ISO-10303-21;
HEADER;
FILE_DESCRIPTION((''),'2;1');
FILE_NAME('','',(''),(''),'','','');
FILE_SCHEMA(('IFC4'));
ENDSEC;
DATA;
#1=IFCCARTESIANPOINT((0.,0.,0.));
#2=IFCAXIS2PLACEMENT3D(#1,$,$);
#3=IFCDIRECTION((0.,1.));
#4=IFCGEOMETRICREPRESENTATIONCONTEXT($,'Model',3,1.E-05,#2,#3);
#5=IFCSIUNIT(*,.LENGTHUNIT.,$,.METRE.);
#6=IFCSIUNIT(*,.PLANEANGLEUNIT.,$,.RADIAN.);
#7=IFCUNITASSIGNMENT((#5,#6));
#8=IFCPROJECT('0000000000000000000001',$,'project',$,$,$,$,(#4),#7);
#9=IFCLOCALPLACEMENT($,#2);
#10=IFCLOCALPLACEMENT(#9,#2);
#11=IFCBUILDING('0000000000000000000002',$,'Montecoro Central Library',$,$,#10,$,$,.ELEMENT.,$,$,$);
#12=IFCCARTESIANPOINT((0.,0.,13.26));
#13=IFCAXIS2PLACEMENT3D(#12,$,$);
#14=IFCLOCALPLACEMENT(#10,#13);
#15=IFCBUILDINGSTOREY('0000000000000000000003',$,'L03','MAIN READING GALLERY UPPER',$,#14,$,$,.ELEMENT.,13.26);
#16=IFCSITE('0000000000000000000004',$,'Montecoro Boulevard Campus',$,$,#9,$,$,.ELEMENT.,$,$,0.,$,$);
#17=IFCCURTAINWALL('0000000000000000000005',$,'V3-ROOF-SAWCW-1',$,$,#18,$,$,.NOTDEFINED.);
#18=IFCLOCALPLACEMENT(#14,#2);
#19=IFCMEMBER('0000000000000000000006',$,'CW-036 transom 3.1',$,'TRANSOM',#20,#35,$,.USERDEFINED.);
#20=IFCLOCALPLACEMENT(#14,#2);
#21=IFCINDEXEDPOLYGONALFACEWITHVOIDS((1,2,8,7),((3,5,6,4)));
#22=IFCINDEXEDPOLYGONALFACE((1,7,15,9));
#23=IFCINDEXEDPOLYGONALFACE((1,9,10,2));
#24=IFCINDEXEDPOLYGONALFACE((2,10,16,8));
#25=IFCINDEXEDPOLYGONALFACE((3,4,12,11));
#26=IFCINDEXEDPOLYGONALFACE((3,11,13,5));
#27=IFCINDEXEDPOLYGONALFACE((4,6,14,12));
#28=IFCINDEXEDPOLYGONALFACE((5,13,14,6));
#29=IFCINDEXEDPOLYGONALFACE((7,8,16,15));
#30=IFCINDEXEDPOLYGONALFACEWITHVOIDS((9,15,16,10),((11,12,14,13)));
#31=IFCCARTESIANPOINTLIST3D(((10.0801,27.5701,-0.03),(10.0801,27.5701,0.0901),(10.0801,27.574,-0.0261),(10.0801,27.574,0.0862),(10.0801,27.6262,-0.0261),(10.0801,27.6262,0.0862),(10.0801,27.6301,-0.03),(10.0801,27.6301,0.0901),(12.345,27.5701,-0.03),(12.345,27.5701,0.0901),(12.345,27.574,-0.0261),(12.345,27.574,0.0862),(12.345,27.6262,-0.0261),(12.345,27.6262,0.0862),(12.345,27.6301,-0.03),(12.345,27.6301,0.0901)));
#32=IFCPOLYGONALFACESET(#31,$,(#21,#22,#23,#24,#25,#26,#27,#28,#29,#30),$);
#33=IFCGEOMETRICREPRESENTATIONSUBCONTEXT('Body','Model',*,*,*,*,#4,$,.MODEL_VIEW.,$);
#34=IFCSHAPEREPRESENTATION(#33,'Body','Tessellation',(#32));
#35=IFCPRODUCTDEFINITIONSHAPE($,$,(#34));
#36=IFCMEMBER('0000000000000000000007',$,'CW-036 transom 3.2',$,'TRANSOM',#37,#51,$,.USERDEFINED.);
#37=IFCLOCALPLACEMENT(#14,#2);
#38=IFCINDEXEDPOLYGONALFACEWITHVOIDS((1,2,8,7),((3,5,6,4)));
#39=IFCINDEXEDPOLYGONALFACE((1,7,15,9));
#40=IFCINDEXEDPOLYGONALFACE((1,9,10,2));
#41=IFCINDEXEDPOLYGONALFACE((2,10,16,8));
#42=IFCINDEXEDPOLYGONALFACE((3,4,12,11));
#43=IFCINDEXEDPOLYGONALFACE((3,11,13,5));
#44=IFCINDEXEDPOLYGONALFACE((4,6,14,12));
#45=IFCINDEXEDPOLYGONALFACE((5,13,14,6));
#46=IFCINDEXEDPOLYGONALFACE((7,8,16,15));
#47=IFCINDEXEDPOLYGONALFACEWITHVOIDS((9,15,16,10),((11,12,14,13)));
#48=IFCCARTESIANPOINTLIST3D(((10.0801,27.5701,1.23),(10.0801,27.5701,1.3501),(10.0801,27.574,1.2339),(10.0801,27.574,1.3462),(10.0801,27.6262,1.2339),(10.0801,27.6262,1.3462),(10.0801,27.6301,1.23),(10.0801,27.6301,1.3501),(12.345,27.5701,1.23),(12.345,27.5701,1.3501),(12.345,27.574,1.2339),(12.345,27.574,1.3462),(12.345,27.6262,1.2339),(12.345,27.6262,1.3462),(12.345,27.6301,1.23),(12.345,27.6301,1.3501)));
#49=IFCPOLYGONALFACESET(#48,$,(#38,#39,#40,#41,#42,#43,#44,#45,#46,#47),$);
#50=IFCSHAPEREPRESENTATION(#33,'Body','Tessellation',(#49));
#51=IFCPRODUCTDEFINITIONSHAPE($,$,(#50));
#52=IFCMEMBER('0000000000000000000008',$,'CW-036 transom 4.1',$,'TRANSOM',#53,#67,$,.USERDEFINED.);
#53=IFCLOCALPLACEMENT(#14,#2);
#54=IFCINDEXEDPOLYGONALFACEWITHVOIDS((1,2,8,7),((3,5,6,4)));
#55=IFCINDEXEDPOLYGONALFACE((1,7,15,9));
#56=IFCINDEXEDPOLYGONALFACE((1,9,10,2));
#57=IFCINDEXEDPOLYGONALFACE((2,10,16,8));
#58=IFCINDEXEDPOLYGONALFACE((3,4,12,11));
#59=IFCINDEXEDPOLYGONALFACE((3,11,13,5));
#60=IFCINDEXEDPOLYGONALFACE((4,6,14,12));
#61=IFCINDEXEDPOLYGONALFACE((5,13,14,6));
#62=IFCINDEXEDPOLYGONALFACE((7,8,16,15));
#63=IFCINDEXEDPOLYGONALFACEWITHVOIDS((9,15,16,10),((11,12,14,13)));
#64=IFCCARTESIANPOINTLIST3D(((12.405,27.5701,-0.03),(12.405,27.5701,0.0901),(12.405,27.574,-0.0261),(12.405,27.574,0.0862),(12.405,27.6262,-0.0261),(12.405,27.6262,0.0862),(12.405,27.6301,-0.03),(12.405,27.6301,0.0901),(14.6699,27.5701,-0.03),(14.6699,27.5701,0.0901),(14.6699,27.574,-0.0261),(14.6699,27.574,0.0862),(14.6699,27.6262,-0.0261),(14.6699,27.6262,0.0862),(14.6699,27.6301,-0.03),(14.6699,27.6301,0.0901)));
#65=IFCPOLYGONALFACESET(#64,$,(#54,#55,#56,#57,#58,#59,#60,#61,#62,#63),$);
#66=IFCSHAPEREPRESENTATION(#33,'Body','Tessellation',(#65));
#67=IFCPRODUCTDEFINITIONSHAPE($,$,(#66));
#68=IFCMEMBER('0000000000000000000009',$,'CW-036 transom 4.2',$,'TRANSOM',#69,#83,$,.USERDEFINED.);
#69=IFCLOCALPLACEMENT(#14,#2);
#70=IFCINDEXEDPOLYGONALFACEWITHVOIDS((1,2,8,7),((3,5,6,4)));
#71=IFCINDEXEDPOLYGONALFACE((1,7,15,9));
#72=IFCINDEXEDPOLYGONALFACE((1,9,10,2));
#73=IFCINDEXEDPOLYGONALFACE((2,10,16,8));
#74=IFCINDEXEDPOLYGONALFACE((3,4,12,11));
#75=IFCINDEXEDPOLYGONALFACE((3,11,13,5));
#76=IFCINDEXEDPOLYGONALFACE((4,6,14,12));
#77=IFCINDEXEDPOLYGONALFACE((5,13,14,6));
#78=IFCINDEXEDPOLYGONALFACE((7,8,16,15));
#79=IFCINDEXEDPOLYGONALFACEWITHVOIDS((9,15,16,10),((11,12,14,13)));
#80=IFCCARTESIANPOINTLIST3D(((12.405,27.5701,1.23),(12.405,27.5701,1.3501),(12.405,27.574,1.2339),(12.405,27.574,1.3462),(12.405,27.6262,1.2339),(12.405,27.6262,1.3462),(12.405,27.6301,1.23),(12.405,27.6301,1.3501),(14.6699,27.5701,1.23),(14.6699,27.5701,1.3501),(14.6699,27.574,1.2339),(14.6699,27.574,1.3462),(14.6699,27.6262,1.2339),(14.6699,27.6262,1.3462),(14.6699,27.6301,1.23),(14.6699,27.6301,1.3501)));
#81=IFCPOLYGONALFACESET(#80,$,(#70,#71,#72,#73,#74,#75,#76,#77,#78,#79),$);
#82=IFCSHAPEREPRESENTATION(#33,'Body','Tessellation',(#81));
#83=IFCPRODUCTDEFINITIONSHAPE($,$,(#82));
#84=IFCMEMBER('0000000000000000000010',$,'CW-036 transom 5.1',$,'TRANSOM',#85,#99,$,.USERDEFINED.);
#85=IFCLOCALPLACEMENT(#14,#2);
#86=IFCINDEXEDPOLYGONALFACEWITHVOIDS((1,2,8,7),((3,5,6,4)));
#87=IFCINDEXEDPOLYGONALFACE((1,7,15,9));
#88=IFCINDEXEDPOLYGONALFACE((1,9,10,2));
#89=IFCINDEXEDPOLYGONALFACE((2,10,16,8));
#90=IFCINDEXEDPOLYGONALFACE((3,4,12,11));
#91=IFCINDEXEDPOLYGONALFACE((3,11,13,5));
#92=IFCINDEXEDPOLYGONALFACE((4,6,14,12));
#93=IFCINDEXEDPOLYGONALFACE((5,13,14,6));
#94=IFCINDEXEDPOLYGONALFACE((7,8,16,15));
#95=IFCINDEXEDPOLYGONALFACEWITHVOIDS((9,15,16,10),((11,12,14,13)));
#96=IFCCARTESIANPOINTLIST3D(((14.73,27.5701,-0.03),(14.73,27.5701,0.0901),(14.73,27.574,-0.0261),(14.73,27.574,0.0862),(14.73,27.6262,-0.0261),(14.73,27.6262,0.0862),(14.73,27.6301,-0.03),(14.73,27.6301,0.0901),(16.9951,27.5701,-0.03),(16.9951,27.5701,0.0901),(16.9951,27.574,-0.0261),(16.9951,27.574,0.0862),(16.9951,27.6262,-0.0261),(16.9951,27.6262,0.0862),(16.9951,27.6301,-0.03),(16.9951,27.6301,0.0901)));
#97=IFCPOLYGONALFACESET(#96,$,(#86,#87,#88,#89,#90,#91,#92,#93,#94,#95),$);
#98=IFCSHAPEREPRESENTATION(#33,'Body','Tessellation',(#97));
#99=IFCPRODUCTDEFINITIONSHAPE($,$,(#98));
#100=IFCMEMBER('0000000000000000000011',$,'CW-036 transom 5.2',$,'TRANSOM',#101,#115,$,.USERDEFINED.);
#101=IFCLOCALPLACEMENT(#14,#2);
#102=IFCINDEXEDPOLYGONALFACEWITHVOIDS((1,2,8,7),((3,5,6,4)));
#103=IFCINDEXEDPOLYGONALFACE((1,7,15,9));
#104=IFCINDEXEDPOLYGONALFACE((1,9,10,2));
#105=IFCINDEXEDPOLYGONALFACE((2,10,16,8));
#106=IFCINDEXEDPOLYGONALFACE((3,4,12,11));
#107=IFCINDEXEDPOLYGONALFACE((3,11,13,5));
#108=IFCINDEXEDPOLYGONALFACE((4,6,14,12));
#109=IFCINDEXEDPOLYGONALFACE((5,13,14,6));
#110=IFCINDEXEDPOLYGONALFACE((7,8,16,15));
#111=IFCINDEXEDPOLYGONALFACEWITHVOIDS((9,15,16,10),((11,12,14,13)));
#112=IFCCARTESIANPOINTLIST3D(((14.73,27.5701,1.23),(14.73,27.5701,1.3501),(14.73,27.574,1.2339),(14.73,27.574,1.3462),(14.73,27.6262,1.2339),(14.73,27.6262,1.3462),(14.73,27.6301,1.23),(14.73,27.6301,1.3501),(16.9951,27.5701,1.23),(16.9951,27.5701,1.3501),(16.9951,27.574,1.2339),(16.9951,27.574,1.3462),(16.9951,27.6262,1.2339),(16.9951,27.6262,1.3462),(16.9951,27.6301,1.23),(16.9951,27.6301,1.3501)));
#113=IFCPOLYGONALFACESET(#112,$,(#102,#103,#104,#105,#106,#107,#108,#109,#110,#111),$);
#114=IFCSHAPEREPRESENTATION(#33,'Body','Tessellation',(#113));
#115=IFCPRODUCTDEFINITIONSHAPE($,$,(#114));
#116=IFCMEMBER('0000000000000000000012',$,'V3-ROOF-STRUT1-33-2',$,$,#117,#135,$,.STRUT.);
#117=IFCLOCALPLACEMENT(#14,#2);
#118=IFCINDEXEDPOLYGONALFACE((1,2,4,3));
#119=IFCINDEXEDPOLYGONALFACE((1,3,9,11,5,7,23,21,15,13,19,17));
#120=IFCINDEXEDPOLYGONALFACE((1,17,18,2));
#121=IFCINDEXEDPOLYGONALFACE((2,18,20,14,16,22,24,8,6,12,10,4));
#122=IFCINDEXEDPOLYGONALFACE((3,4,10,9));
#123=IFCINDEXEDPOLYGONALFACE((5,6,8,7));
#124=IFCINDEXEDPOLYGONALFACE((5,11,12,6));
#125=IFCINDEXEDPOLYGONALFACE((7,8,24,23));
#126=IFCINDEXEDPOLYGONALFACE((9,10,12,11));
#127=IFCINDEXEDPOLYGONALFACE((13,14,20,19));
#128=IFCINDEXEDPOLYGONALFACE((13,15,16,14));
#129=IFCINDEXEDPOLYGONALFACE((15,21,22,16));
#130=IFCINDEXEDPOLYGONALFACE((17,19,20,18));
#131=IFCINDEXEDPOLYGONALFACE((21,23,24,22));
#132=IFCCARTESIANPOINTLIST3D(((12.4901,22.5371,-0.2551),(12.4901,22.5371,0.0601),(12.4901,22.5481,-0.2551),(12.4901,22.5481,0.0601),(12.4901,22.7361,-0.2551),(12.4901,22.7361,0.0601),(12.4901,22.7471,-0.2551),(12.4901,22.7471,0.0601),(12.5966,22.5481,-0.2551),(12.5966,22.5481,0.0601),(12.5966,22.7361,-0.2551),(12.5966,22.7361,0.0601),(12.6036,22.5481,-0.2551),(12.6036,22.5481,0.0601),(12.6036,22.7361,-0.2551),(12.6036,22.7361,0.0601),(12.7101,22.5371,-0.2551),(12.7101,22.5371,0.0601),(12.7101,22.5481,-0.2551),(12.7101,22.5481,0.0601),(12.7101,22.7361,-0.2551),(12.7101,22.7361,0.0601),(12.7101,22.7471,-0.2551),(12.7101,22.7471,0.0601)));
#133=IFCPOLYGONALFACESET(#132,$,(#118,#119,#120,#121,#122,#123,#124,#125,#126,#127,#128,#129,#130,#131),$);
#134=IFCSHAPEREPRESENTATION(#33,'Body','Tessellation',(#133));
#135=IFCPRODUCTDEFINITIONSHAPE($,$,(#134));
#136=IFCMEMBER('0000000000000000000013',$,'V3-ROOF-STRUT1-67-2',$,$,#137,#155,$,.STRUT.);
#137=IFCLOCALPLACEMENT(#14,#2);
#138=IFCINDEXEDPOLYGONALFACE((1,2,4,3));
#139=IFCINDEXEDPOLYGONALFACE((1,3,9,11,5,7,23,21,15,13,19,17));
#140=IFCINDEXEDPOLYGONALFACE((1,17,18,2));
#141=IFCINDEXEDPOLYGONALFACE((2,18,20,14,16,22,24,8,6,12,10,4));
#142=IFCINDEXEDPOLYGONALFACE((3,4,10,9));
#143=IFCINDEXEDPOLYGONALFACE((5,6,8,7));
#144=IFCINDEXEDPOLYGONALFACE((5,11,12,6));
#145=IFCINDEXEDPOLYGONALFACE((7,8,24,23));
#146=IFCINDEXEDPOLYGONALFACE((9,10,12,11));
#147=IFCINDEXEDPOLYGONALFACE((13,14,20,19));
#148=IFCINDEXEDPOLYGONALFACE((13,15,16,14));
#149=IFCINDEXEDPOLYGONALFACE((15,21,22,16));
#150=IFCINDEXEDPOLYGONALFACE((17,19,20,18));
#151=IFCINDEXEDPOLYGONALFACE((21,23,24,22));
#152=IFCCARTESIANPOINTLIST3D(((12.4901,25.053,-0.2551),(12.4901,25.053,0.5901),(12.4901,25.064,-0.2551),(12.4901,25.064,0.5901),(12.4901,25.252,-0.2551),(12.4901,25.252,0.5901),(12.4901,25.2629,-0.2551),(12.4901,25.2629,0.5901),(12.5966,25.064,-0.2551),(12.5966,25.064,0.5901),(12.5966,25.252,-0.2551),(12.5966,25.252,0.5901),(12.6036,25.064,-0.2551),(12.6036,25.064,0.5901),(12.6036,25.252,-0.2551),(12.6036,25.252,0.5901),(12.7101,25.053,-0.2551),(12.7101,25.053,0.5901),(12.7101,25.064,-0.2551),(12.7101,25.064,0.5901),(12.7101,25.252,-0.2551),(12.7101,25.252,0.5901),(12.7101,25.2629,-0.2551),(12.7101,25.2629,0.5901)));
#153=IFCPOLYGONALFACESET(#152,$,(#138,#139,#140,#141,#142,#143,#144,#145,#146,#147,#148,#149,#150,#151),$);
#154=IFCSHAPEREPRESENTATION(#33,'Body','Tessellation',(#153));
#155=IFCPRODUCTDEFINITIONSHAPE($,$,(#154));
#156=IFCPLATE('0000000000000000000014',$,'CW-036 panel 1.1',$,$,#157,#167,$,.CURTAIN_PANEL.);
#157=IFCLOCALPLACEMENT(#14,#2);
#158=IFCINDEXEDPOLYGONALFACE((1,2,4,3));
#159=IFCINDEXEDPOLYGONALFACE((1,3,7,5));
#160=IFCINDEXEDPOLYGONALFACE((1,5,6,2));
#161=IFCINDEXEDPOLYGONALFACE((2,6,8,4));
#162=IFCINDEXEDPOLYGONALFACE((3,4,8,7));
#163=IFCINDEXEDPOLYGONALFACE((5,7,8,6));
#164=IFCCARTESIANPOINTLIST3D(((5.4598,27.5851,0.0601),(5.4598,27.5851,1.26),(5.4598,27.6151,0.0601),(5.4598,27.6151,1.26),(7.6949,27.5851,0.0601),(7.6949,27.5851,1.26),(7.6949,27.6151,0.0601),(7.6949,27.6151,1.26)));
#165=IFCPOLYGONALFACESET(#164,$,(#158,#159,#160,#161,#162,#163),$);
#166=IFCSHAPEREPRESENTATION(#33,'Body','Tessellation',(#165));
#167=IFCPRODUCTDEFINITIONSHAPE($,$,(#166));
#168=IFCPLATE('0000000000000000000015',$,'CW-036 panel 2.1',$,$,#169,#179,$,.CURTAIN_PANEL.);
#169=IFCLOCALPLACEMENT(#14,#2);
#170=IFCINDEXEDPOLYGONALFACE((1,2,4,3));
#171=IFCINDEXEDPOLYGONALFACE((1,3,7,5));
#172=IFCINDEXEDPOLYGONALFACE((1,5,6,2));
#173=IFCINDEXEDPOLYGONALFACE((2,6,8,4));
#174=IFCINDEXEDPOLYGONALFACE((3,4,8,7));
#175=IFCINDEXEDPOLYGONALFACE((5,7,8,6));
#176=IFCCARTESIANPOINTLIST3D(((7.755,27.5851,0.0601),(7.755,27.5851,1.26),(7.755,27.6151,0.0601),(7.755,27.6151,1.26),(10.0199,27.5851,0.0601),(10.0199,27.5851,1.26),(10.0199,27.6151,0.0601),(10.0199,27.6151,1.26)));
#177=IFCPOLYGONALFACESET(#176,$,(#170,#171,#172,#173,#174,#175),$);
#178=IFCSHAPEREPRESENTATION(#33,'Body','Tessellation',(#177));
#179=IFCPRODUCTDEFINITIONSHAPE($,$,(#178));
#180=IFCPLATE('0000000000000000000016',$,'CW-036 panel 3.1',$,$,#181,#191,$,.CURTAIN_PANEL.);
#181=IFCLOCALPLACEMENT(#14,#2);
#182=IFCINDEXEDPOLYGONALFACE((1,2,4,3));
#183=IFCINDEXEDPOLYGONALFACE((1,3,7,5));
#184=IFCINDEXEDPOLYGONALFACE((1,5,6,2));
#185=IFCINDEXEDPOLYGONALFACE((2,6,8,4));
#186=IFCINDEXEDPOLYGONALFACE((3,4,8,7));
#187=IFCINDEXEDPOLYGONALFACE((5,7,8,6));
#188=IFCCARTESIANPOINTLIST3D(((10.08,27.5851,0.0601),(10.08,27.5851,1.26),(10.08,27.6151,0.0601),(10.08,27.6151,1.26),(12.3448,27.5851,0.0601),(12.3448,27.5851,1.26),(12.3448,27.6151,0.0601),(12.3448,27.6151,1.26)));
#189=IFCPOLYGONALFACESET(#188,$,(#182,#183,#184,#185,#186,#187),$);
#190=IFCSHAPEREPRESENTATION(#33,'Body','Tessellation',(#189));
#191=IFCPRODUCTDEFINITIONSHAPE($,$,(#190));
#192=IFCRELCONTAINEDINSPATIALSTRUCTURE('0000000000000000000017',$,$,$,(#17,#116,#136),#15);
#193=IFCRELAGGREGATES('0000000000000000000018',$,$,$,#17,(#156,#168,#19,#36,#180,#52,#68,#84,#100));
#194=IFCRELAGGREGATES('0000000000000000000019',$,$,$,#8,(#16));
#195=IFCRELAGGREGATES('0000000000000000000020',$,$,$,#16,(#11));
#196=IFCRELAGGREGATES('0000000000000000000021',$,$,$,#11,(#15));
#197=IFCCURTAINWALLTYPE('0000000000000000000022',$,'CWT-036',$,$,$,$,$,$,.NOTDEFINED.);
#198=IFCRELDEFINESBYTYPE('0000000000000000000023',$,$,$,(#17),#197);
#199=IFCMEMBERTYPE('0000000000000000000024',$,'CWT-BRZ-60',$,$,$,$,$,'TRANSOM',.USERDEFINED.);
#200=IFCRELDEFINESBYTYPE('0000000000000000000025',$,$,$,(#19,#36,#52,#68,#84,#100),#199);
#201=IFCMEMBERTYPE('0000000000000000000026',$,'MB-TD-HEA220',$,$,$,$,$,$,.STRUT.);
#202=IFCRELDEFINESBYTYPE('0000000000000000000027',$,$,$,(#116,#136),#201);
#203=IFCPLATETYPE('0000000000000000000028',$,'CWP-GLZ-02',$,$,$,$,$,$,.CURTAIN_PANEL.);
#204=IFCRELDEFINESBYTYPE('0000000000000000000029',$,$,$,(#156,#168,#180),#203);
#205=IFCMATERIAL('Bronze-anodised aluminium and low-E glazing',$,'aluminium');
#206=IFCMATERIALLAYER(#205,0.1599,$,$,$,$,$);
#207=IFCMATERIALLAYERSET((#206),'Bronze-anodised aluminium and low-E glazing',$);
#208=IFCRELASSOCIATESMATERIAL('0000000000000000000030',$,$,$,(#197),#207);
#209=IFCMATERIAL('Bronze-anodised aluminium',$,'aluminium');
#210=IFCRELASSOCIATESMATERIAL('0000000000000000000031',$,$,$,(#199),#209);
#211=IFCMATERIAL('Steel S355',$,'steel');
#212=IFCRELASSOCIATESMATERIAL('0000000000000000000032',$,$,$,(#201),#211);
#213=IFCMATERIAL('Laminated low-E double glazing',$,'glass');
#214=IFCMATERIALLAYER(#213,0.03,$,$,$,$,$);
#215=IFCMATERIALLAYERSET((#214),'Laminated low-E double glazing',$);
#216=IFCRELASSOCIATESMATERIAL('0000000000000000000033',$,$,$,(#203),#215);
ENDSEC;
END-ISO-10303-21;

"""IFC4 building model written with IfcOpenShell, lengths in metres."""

from ifc_helpers import new_model, si_unit, direction, frame, origin, origin_2d, place, context, subcontext, project, spatial, rectangle, hollow_rectangle, i_section, extrude, material, layer, layer_set, material_profile, profile_set, type_object, element, aggregate, save


model = new_model("IFC4")

# Units and contexts
model_context = context("Model", 3, precision=1e-05, world=origin(), true_north=direction((0.0, 1.0)))
body_context = subcontext(model_context, "Body", "Model", "MODEL_VIEW")
ifc_project = project(units=[si_unit("LENGTHUNIT", "METRE"), si_unit("PLANEANGLEUNIT", "RADIAN")], contexts=[model_context])

# Site, building, storey
site_placement = place(None, origin())
site = spatial("IfcSite", under=ifc_project, at=site_placement, Name="Montecoro Boulevard Campus", CompositionType="ELEMENT", RefElevation=0.0)
building_placement = place(site_placement, origin())
building = spatial("IfcBuilding", under=site, at=building_placement, Name="Montecoro Central Library", CompositionType="ELEMENT")
storey_placement = place(building_placement, frame((0.0, 0.0, 13.26)))
storey = spatial("IfcBuildingStorey", under=building, at=storey_placement, Name="L03", Description="MAIN READING GALLERY UPPER", CompositionType="ELEMENT", Elevation=13.26)

# Curtain wall, members
ifc_material_1 = material(Name="Bronze-anodised aluminium and low-E glazing", Category="aluminium")
ifc_layer_1 = layer(ifc_material_1, 0.1599)
ifc_layer_set_1 = layer_set([ifc_layer_1], Name="Bronze-anodised aluminium and low-E glazing")
curtain_wall_type = type_object("IfcCurtainWallType", Name="CWT-036", PredefinedType="NOTDEFINED", material=ifc_layer_set_1)
curtain_wall_placement = place(storey_placement, origin())
curtain_wall = element("IfcCurtainWall", 1, at=curtain_wall_placement, inside=storey, type_object=curtain_wall_type, Name="V3-ROOF-SAWCW-1", PredefinedType="NOTDEFINED")
ifc_material_2 = material(Name="Bronze-anodised aluminium", Category="aluminium")
ifc_material_profile_1 = material_profile(ifc_material_2, hollow_rectangle(XDim=0.0601, YDim=0.1201, WallThickness=0.0039, at=origin_2d()), Name="CWT 120x60x4.0")
ifc_profile_set_1 = profile_set([ifc_material_profile_1], Name="Bronze-anodised aluminium")
member_type_1 = type_object("IfcMemberType", Name="CWT-BRZ-60", ElementType="TRANSOM", PredefinedType="USERDEFINED", material=ifc_profile_set_1)
member_1_placement = place(storey_placement, frame((10.0801, 27.6001, 0.03), z_axis=(1.0, 0.0, 0.0), x_axis=(0.0, 1.0, 0.0)))
member_1 = element("IfcMember", 2, at=member_1_placement, type_object=member_type_1, Name="CW-036 transom 3.1", ObjectType="TRANSOM", PredefinedType="USERDEFINED", context=body_context, shape_type="SweptSolid", body=[
    extrude(hollow_rectangle(XDim=0.0601, YDim=0.1201, WallThickness=0.0039, at=origin_2d()), origin(), (0.0, 0.0, 1.0), 2.2649),
])
member_2_placement = place(storey_placement, frame((10.0801, 27.6001, 1.29), z_axis=(1.0, 0.0, 0.0), x_axis=(0.0, 1.0, 0.0)))
member_2 = element("IfcMember", 3, at=member_2_placement, type_object=member_type_1, Name="CW-036 transom 3.2", ObjectType="TRANSOM", PredefinedType="USERDEFINED", context=body_context, shape_type="SweptSolid", body=[
    extrude(hollow_rectangle(XDim=0.0601, YDim=0.1201, WallThickness=0.0039, at=origin_2d()), origin(), (0.0, 0.0, 1.0), 2.2649),
])
member_3_placement = place(storey_placement, frame((12.405, 27.6001, 0.03), z_axis=(1.0, 0.0, 0.0), x_axis=(0.0, 1.0, 0.0)))
member_3 = element("IfcMember", 4, at=member_3_placement, type_object=member_type_1, Name="CW-036 transom 4.1", ObjectType="TRANSOM", PredefinedType="USERDEFINED", context=body_context, shape_type="SweptSolid", body=[
    extrude(hollow_rectangle(XDim=0.0601, YDim=0.1201, WallThickness=0.0039, at=origin_2d()), origin(), (0.0, 0.0, 1.0), 2.2649),
])
member_4_placement = place(storey_placement, frame((12.405, 27.6001, 1.29), z_axis=(1.0, 0.0, 0.0), x_axis=(0.0, 1.0, 0.0)))
member_4 = element("IfcMember", 5, at=member_4_placement, type_object=member_type_1, Name="CW-036 transom 4.2", ObjectType="TRANSOM", PredefinedType="USERDEFINED", context=body_context, shape_type="SweptSolid", body=[
    extrude(hollow_rectangle(XDim=0.0601, YDim=0.1201, WallThickness=0.0039, at=origin_2d()), origin(), (0.0, 0.0, 1.0), 2.2649),
])
member_5_placement = place(storey_placement, frame((14.73, 27.6001, 0.03), z_axis=(1.0, 0.0, 0.0), x_axis=(0.0, 1.0, 0.0)))
member_5 = element("IfcMember", 6, at=member_5_placement, type_object=member_type_1, Name="CW-036 transom 5.1", ObjectType="TRANSOM", PredefinedType="USERDEFINED", context=body_context, shape_type="SweptSolid", body=[
    extrude(hollow_rectangle(XDim=0.0601, YDim=0.1201, WallThickness=0.0039, at=origin_2d()), origin(), (0.0, 0.0, 1.0), 2.2651),
])
member_6_placement = place(storey_placement, frame((14.73, 27.6001, 1.29), z_axis=(1.0, 0.0, 0.0), x_axis=(0.0, 1.0, 0.0)))
member_6 = element("IfcMember", 7, at=member_6_placement, type_object=member_type_1, Name="CW-036 transom 5.2", ObjectType="TRANSOM", PredefinedType="USERDEFINED", context=body_context, shape_type="SweptSolid", body=[
    extrude(hollow_rectangle(XDim=0.0601, YDim=0.1201, WallThickness=0.0039, at=origin_2d()), origin(), (0.0, 0.0, 1.0), 2.2651),
])

# Members
ifc_material_3 = material(Name="Steel S355", Category="steel")
ifc_material_profile_2 = material_profile(ifc_material_3, i_section(OverallWidth=0.22, OverallDepth=0.21, WebThickness=0.0071, FlangeThickness=0.011, at=origin_2d()), Name="HEA 220")
ifc_profile_set_2 = profile_set([ifc_material_profile_2], Name="Steel S355")
member_type_2 = type_object("IfcMemberType", Name="MB-TD-HEA220", PredefinedType="STRUT", material=ifc_profile_set_2)
member_7_placement = place(storey_placement, frame((12.6001, 22.6421, -0.2551), z_axis=(0.0, 0.0, 1.0), x_axis=(1.0, 0.0, 0.0)))
element("IfcMember", 8, at=member_7_placement, inside=storey, type_object=member_type_2, Name="V3-ROOF-STRUT1-33-2", PredefinedType="STRUT", context=body_context, shape_type="SweptSolid", body=[
    extrude(i_section(OverallWidth=0.22, OverallDepth=0.21, WebThickness=0.0071, FlangeThickness=0.011, at=origin_2d()), origin(), (0.0, 0.0, 1.0), 0.3152),
])
member_8_placement = place(storey_placement, frame((12.6001, 25.158, -0.2551), z_axis=(0.0, 0.0, 1.0), x_axis=(1.0, 0.0, 0.0)))
element("IfcMember", 9, at=member_8_placement, inside=storey, type_object=member_type_2, Name="V3-ROOF-STRUT1-67-2", PredefinedType="STRUT", context=body_context, shape_type="SweptSolid", body=[
    extrude(i_section(OverallWidth=0.22, OverallDepth=0.21, WebThickness=0.0071, FlangeThickness=0.011, at=origin_2d()), origin(), (0.0, 0.0, 1.0), 0.8452),
])

# Plates
ifc_material_4 = material(Name="Laminated low-E double glazing", Category="glass")
ifc_layer_2 = layer(ifc_material_4, 0.03)
ifc_layer_set_2 = layer_set([ifc_layer_2], Name="Laminated low-E double glazing")
plate_type = type_object("IfcPlateType", Name="CWP-GLZ-02", PredefinedType="CURTAIN_PANEL", material=ifc_layer_set_2)
plate_1_placement = place(storey_placement, frame((6.5774, 27.6001, 0.0601), z_axis=(0.0, 0.0, 1.0), x_axis=(1.0, 0.0, 0.0)))
plate_1 = element("IfcPlate", 10, at=plate_1_placement, type_object=plate_type, Name="CW-036 panel 1.1", PredefinedType="CURTAIN_PANEL", context=body_context, shape_type="SweptSolid", body=[
    extrude(rectangle(XDim=2.2351, YDim=0.03, at=origin_2d()), origin(), (0.0, 0.0, 1.0), 1.2),
])
plate_2_placement = place(storey_placement, frame((8.8875, 27.6001, 0.0601), z_axis=(0.0, 0.0, 1.0), x_axis=(1.0, 0.0, 0.0)))
plate_2 = element("IfcPlate", 11, at=plate_2_placement, type_object=plate_type, Name="CW-036 panel 2.1", PredefinedType="CURTAIN_PANEL", context=body_context, shape_type="SweptSolid", body=[
    extrude(rectangle(XDim=2.2649, YDim=0.03, at=origin_2d()), origin(), (0.0, 0.0, 1.0), 1.2),
])
plate_3_placement = place(storey_placement, frame((11.2124, 27.6001, 0.0601), z_axis=(0.0, 0.0, 1.0), x_axis=(1.0, 0.0, 0.0)))
plate_3 = element("IfcPlate", 12, at=plate_3_placement, type_object=plate_type, Name="CW-036 panel 3.1", PredefinedType="CURTAIN_PANEL", context=body_context, shape_type="SweptSolid", body=[
    extrude(rectangle(XDim=2.2649, YDim=0.03, at=origin_2d()), origin(), (0.0, 0.0, 1.0), 1.2),
])
aggregate(curtain_wall, [plate_1, plate_2, member_1, member_2, plate_3, member_3, member_4, member_5, member_6])

save(model, "model.ifc")
